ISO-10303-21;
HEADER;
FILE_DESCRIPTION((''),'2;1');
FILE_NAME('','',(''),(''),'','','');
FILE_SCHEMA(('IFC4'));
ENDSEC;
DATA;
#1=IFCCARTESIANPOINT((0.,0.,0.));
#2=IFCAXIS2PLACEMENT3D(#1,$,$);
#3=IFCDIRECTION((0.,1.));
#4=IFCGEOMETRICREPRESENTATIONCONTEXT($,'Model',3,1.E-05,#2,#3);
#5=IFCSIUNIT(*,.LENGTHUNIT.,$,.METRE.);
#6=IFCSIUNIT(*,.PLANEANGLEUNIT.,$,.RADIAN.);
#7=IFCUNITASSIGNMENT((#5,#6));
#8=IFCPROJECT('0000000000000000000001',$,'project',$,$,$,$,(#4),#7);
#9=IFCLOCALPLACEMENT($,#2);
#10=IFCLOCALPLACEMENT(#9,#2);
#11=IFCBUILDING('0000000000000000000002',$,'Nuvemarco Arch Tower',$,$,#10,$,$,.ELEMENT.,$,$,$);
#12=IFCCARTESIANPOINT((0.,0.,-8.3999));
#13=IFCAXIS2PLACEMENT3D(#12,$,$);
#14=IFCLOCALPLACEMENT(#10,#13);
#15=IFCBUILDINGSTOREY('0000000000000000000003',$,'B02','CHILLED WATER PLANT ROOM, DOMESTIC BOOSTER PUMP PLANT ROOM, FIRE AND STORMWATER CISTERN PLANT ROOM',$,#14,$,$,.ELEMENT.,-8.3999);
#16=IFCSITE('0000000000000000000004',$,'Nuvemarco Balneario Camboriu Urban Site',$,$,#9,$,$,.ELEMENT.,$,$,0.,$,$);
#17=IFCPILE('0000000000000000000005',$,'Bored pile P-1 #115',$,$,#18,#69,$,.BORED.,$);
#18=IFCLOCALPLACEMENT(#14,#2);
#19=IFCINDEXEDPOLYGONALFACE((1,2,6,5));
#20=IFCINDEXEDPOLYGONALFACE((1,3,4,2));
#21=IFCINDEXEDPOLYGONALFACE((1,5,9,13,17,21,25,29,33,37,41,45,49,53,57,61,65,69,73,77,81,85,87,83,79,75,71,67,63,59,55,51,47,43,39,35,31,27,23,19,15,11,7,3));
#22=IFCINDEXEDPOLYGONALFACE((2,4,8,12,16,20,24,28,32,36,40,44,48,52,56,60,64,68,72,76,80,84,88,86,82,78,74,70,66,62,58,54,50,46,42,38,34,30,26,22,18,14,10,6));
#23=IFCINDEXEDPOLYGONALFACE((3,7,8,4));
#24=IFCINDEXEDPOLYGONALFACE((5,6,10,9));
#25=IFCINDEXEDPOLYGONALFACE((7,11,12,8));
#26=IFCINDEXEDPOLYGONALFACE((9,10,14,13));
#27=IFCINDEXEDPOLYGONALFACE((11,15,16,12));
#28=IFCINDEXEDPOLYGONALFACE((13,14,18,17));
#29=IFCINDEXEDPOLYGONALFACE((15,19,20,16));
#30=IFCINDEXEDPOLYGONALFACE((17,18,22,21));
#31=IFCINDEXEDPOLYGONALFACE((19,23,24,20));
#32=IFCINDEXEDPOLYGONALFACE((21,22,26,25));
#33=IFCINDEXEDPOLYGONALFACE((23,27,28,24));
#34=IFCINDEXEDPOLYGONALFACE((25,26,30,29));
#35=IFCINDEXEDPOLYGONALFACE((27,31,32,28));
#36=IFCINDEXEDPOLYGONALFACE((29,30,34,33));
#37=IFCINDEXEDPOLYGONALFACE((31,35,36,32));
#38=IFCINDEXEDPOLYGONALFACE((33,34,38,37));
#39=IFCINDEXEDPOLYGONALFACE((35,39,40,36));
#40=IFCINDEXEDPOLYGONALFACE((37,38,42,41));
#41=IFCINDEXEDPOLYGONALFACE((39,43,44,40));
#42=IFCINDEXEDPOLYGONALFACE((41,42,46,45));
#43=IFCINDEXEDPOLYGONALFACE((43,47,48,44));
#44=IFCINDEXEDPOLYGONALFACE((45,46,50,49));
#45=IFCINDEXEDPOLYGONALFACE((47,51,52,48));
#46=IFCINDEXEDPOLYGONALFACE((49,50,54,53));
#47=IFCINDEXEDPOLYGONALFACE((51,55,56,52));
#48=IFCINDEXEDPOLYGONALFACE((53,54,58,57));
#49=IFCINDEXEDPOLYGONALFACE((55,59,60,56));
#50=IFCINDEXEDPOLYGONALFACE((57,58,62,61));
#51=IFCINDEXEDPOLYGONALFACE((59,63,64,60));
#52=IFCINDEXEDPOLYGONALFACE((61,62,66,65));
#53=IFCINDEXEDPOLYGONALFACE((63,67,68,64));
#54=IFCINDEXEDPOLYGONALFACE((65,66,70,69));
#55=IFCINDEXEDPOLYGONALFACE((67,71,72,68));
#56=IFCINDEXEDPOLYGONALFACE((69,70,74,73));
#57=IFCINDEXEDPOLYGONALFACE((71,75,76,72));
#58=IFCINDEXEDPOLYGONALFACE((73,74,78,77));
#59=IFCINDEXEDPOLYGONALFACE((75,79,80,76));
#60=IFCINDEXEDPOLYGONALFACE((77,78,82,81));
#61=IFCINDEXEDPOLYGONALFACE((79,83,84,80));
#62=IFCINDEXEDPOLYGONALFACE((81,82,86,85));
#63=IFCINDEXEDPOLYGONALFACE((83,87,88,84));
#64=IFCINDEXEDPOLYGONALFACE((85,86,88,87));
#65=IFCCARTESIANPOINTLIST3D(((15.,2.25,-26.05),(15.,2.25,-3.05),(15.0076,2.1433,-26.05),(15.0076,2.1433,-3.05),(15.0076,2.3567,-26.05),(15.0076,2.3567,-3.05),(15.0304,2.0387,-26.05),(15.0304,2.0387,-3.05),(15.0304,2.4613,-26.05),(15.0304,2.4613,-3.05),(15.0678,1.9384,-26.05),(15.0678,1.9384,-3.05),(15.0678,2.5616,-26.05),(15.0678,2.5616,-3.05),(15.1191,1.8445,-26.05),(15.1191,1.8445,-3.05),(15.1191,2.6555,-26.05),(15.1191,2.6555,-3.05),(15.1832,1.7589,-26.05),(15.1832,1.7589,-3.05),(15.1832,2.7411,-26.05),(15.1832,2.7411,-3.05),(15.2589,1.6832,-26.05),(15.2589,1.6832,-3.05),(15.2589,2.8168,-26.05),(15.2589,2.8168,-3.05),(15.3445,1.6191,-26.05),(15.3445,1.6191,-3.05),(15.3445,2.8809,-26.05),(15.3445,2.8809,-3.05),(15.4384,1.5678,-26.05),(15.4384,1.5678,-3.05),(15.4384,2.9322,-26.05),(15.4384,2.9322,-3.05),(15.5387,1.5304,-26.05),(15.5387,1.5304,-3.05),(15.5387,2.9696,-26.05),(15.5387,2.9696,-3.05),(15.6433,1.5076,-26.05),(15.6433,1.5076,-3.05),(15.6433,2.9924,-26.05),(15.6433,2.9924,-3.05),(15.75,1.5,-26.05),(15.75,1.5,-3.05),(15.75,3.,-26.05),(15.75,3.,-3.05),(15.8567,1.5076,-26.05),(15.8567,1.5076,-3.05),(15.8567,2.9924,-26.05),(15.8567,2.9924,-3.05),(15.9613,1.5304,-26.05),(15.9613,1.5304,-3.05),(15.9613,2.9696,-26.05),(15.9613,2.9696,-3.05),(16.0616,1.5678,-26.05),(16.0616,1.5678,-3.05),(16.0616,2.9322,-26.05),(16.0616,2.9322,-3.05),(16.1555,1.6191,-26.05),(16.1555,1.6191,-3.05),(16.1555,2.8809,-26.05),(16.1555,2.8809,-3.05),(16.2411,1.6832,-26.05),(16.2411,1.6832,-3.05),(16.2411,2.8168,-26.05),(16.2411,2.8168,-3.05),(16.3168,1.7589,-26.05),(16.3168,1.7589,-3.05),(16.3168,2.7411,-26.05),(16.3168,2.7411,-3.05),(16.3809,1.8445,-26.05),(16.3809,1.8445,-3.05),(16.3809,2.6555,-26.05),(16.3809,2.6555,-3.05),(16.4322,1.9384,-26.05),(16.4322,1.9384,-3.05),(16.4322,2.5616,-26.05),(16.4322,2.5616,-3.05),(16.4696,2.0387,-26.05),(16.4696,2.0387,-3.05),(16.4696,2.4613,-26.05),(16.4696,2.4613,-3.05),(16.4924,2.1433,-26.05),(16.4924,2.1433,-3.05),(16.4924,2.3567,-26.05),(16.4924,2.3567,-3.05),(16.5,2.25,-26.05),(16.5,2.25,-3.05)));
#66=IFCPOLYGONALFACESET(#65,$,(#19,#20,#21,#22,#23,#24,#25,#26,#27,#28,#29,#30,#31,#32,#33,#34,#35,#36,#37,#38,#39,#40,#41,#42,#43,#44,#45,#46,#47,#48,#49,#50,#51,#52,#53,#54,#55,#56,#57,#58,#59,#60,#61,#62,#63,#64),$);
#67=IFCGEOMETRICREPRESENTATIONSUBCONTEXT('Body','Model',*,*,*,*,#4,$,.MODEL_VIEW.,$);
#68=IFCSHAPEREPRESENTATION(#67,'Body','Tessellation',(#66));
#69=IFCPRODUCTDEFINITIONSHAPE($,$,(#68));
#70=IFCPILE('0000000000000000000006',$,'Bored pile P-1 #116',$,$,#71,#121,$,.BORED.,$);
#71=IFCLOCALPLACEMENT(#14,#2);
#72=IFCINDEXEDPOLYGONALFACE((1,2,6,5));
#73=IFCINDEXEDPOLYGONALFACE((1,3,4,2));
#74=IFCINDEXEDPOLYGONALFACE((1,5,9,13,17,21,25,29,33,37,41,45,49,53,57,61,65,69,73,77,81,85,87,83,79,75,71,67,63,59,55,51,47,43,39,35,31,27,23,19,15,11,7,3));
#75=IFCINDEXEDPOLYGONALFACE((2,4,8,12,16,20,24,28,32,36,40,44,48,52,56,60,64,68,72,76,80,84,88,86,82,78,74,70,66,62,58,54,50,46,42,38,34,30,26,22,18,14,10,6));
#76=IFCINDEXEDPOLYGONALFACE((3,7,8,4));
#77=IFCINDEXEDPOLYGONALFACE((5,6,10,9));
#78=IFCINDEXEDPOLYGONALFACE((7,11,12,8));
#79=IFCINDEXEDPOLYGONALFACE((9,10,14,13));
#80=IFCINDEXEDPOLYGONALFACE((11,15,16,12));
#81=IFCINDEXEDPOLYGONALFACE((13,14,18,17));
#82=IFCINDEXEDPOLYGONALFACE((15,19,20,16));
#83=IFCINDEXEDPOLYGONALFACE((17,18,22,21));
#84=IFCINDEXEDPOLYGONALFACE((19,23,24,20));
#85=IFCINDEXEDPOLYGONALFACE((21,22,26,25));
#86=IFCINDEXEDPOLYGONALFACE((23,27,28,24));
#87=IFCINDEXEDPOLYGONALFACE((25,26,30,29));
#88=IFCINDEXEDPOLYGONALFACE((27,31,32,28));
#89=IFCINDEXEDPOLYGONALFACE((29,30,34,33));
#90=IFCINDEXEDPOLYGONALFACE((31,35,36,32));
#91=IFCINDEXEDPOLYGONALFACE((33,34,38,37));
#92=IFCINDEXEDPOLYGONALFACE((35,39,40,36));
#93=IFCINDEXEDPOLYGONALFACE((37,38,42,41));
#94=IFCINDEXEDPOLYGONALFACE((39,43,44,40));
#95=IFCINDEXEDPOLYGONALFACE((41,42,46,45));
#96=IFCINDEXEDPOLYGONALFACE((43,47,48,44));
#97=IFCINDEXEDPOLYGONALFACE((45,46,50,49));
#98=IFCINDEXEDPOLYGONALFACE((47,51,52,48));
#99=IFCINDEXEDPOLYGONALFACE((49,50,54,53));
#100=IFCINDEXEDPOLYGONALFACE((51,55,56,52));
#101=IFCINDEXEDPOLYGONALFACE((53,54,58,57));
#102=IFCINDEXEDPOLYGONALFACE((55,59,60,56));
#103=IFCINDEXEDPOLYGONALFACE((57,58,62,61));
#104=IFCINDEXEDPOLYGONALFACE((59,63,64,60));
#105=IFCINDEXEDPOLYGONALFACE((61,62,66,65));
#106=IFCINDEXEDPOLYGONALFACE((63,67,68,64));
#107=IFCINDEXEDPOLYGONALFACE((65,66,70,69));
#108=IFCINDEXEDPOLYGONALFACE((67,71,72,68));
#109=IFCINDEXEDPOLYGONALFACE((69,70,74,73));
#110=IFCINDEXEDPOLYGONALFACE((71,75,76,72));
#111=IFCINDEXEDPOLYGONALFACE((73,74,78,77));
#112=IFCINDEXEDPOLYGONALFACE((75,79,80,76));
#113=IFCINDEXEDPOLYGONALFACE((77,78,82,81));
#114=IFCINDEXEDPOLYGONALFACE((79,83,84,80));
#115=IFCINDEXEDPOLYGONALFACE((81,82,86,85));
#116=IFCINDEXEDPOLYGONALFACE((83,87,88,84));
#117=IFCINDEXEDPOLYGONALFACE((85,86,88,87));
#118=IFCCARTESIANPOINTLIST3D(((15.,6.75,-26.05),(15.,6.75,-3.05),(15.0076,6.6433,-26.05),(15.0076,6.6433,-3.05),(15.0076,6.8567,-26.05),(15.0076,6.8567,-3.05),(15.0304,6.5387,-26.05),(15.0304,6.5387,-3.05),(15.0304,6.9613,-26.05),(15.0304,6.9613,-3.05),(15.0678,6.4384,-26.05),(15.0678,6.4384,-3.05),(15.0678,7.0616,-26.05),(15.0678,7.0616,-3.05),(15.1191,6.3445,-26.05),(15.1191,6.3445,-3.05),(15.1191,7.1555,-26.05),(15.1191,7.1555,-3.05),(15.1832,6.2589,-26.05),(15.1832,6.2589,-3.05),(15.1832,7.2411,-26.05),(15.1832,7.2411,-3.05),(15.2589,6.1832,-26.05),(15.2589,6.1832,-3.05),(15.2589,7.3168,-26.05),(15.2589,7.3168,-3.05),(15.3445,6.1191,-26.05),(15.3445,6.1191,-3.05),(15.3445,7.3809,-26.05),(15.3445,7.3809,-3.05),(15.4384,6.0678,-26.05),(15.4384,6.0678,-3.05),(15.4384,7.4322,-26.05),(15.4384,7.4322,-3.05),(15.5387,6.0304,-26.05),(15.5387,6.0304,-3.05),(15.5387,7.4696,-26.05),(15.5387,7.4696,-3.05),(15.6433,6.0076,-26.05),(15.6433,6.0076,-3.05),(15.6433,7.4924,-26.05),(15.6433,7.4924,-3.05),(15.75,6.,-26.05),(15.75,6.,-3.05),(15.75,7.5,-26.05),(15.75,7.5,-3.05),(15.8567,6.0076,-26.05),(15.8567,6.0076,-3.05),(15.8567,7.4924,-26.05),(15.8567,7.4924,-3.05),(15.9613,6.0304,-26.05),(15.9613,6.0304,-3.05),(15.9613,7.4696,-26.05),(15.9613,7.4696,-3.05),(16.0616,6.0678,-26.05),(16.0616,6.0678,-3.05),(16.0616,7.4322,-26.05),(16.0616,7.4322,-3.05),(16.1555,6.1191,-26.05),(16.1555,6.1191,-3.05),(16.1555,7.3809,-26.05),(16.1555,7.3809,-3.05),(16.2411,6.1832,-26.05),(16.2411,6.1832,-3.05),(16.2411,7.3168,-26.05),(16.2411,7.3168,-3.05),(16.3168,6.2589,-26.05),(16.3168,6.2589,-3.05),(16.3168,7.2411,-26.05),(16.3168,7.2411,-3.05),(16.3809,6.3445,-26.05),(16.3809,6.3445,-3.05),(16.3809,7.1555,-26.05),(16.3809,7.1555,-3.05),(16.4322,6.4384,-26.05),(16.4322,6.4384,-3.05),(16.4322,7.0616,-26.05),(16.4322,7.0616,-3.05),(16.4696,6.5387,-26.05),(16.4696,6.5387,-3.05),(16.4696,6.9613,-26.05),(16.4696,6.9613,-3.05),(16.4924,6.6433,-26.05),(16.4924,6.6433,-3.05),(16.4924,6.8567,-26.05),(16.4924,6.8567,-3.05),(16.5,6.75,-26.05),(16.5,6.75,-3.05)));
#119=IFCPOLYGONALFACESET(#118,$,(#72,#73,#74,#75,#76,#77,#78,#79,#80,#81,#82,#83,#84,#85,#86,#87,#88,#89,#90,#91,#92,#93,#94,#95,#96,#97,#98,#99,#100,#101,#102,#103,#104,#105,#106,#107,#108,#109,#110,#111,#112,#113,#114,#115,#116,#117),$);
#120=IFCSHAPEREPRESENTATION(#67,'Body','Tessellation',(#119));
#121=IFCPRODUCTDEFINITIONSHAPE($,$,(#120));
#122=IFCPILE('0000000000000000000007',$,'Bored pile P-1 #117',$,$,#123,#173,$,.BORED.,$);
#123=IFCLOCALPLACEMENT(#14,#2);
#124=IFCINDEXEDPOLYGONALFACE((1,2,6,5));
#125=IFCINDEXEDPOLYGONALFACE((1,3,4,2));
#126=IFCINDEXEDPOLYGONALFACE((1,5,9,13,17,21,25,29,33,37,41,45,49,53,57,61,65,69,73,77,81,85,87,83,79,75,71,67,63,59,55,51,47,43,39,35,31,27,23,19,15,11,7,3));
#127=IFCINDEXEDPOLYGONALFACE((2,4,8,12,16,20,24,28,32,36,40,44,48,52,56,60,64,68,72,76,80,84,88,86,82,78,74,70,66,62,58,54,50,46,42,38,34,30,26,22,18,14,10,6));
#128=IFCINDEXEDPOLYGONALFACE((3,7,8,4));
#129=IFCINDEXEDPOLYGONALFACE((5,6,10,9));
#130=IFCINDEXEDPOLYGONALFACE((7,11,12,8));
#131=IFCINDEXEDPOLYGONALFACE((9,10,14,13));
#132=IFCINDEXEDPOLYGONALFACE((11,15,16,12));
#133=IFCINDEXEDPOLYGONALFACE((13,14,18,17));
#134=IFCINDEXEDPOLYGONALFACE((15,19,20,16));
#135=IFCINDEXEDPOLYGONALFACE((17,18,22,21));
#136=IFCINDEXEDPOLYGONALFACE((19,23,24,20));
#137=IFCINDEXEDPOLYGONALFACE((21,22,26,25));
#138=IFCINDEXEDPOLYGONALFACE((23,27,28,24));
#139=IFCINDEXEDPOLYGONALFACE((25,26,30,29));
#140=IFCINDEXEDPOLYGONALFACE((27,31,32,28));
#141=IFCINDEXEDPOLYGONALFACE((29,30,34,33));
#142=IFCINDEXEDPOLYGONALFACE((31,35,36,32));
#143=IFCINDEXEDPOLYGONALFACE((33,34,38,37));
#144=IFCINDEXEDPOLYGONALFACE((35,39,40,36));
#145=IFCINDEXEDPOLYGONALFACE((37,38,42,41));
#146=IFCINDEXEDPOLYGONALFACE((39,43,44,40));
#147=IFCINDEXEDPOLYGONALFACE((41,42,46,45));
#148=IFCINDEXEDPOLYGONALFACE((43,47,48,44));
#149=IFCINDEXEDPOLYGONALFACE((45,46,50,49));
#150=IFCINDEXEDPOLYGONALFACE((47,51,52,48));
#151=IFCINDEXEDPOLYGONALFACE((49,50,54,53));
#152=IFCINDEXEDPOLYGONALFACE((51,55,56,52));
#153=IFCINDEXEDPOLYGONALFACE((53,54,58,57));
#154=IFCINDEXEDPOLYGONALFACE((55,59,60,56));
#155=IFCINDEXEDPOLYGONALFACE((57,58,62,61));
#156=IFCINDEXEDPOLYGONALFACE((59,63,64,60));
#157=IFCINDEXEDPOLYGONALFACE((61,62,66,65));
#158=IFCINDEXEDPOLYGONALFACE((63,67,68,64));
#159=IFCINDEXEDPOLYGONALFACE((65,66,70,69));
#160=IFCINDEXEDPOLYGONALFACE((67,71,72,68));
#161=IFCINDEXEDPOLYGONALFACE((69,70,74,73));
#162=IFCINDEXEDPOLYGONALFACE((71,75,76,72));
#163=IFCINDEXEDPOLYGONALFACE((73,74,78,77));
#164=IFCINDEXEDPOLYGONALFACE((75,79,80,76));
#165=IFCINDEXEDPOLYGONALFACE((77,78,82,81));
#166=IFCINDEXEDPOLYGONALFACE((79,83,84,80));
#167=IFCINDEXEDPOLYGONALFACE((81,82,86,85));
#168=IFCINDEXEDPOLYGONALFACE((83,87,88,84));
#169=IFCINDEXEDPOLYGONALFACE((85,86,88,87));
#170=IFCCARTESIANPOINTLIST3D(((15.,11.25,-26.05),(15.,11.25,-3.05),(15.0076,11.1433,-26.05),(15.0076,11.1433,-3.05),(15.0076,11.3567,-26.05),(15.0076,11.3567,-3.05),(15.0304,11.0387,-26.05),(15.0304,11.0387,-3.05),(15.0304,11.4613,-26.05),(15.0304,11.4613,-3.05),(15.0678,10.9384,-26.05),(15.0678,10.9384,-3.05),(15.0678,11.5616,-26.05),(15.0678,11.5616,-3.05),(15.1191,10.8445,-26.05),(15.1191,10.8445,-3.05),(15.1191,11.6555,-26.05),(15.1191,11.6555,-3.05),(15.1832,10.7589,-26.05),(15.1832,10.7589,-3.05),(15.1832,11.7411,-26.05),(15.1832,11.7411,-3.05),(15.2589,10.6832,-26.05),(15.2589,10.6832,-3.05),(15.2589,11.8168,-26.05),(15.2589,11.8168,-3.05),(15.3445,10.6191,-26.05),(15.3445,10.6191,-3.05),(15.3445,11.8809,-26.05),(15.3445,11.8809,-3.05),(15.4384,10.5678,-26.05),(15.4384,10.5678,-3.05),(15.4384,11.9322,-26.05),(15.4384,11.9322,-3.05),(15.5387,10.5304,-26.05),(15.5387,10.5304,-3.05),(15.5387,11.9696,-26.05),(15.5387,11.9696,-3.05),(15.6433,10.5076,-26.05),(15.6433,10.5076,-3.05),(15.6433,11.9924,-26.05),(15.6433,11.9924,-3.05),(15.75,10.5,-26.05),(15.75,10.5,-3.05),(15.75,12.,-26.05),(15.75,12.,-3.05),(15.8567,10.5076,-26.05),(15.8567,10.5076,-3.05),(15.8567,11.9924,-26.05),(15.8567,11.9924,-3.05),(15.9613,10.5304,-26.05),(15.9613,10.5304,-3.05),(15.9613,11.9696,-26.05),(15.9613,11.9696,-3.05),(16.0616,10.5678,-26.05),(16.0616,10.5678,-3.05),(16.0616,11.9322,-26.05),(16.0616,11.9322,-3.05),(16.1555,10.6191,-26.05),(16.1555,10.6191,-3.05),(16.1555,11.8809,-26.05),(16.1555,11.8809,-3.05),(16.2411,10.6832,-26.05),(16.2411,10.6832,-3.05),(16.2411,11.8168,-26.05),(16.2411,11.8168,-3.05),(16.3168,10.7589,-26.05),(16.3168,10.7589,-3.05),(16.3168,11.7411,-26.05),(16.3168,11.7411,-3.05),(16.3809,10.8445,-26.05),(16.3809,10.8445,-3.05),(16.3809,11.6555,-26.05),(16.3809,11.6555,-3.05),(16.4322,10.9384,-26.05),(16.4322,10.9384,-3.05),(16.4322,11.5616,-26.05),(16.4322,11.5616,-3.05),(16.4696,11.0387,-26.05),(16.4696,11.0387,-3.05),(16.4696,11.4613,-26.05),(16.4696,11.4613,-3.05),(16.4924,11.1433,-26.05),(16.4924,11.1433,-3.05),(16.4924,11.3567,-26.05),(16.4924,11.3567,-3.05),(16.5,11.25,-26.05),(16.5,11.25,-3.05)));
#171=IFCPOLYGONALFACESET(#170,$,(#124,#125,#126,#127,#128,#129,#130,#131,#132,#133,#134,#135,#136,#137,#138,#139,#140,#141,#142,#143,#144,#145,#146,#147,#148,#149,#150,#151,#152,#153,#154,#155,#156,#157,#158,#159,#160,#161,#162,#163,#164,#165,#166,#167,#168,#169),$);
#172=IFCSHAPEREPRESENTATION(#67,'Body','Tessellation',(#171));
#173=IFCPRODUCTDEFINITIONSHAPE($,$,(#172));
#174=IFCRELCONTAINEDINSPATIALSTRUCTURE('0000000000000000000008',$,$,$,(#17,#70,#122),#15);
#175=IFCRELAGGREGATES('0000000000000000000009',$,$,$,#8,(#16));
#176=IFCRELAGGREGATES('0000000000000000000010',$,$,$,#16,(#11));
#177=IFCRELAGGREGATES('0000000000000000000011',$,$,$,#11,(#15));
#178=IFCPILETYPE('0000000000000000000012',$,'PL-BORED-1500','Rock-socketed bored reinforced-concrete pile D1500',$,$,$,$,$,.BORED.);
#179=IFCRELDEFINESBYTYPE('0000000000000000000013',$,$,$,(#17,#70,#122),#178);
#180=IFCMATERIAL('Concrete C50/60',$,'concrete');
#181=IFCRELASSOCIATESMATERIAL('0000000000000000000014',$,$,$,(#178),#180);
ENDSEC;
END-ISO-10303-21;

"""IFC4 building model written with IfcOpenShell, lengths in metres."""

from ifc_helpers import new_model, si_unit, direction, frame, origin, origin_2d, place, context, subcontext, project, spatial, circle, extrude, material, material_profile, profile_set, type_object, element, save


model = new_model("IFC4")

# Units and contexts
model_context = context("Model", 3, precision=1e-05, world=origin(), true_north=direction((0.0, 1.0)))
body_context = subcontext(model_context, "Body", "Model", "MODEL_VIEW")
ifc_project = project(units=[si_unit("LENGTHUNIT", "METRE"), si_unit("PLANEANGLEUNIT", "RADIAN")], contexts=[model_context])

# Site, building, storey
site_placement = place(None, origin())
site = spatial("IfcSite", under=ifc_project, at=site_placement, Name="Nuvemarco Balneario Camboriu Urban Site", CompositionType="ELEMENT", RefElevation=0.0)
building_placement = place(site_placement, origin())
building = spatial("IfcBuilding", under=site, at=building_placement, Name="Nuvemarco Arch Tower", CompositionType="ELEMENT")
storey_placement = place(building_placement, frame((0.0, 0.0, -8.3999)))
storey = spatial("IfcBuildingStorey", under=building, at=storey_placement, Name="B02", Description="CHILLED WATER PLANT ROOM, DOMESTIC BOOSTER PUMP PLANT ROOM, FIRE AND STORMWATER CISTERN PLANT ROOM", CompositionType="ELEMENT", Elevation=-8.3999)

# Piles
ifc_material_1 = material(Name="Concrete C50/60", Category="concrete")
ifc_material_profile_1 = material_profile(ifc_material_1, circle(Radius=0.75, at=origin_2d()), Name="PILE-D1500")
ifc_profile_set_1 = profile_set([ifc_material_profile_1], Name="Concrete C50/60")
pile_type = type_object("IfcPileType", Name="PL-BORED-1500", Description="Rock-socketed bored reinforced-concrete pile D1500", PredefinedType="BORED", material=ifc_profile_set_1)
for number, where, z_axis, x_axis, name in (
    (1, (15.75, 2.25, -3.05), (0.0, 0.0, -1.0), (1.0, 0.0, 0.0), "Bored pile P-1 #115"),
    (2, (15.75, 6.75, -3.05), (0.0, 0.0, -1.0), (1.0, 0.0, 0.0), "Bored pile P-1 #116"),
    (3, (15.75, 11.25, -3.05), (0.0, 0.0, -1.0), (1.0, 0.0, 0.0), "Bored pile P-1 #117"),
):
    element("IfcPile", number, at=place(storey_placement, frame(where, z_axis=z_axis, x_axis=x_axis)), inside=storey, type_object=pile_type, Name=name, PredefinedType="BORED", context=body_context, shape_type="SweptSolid", body=[
        extrude(circle(Radius=0.75, at=origin_2d()), origin(), (0.0, 0.0, 1.0), 23.0),
    ])

save(model, "model.ifc")
